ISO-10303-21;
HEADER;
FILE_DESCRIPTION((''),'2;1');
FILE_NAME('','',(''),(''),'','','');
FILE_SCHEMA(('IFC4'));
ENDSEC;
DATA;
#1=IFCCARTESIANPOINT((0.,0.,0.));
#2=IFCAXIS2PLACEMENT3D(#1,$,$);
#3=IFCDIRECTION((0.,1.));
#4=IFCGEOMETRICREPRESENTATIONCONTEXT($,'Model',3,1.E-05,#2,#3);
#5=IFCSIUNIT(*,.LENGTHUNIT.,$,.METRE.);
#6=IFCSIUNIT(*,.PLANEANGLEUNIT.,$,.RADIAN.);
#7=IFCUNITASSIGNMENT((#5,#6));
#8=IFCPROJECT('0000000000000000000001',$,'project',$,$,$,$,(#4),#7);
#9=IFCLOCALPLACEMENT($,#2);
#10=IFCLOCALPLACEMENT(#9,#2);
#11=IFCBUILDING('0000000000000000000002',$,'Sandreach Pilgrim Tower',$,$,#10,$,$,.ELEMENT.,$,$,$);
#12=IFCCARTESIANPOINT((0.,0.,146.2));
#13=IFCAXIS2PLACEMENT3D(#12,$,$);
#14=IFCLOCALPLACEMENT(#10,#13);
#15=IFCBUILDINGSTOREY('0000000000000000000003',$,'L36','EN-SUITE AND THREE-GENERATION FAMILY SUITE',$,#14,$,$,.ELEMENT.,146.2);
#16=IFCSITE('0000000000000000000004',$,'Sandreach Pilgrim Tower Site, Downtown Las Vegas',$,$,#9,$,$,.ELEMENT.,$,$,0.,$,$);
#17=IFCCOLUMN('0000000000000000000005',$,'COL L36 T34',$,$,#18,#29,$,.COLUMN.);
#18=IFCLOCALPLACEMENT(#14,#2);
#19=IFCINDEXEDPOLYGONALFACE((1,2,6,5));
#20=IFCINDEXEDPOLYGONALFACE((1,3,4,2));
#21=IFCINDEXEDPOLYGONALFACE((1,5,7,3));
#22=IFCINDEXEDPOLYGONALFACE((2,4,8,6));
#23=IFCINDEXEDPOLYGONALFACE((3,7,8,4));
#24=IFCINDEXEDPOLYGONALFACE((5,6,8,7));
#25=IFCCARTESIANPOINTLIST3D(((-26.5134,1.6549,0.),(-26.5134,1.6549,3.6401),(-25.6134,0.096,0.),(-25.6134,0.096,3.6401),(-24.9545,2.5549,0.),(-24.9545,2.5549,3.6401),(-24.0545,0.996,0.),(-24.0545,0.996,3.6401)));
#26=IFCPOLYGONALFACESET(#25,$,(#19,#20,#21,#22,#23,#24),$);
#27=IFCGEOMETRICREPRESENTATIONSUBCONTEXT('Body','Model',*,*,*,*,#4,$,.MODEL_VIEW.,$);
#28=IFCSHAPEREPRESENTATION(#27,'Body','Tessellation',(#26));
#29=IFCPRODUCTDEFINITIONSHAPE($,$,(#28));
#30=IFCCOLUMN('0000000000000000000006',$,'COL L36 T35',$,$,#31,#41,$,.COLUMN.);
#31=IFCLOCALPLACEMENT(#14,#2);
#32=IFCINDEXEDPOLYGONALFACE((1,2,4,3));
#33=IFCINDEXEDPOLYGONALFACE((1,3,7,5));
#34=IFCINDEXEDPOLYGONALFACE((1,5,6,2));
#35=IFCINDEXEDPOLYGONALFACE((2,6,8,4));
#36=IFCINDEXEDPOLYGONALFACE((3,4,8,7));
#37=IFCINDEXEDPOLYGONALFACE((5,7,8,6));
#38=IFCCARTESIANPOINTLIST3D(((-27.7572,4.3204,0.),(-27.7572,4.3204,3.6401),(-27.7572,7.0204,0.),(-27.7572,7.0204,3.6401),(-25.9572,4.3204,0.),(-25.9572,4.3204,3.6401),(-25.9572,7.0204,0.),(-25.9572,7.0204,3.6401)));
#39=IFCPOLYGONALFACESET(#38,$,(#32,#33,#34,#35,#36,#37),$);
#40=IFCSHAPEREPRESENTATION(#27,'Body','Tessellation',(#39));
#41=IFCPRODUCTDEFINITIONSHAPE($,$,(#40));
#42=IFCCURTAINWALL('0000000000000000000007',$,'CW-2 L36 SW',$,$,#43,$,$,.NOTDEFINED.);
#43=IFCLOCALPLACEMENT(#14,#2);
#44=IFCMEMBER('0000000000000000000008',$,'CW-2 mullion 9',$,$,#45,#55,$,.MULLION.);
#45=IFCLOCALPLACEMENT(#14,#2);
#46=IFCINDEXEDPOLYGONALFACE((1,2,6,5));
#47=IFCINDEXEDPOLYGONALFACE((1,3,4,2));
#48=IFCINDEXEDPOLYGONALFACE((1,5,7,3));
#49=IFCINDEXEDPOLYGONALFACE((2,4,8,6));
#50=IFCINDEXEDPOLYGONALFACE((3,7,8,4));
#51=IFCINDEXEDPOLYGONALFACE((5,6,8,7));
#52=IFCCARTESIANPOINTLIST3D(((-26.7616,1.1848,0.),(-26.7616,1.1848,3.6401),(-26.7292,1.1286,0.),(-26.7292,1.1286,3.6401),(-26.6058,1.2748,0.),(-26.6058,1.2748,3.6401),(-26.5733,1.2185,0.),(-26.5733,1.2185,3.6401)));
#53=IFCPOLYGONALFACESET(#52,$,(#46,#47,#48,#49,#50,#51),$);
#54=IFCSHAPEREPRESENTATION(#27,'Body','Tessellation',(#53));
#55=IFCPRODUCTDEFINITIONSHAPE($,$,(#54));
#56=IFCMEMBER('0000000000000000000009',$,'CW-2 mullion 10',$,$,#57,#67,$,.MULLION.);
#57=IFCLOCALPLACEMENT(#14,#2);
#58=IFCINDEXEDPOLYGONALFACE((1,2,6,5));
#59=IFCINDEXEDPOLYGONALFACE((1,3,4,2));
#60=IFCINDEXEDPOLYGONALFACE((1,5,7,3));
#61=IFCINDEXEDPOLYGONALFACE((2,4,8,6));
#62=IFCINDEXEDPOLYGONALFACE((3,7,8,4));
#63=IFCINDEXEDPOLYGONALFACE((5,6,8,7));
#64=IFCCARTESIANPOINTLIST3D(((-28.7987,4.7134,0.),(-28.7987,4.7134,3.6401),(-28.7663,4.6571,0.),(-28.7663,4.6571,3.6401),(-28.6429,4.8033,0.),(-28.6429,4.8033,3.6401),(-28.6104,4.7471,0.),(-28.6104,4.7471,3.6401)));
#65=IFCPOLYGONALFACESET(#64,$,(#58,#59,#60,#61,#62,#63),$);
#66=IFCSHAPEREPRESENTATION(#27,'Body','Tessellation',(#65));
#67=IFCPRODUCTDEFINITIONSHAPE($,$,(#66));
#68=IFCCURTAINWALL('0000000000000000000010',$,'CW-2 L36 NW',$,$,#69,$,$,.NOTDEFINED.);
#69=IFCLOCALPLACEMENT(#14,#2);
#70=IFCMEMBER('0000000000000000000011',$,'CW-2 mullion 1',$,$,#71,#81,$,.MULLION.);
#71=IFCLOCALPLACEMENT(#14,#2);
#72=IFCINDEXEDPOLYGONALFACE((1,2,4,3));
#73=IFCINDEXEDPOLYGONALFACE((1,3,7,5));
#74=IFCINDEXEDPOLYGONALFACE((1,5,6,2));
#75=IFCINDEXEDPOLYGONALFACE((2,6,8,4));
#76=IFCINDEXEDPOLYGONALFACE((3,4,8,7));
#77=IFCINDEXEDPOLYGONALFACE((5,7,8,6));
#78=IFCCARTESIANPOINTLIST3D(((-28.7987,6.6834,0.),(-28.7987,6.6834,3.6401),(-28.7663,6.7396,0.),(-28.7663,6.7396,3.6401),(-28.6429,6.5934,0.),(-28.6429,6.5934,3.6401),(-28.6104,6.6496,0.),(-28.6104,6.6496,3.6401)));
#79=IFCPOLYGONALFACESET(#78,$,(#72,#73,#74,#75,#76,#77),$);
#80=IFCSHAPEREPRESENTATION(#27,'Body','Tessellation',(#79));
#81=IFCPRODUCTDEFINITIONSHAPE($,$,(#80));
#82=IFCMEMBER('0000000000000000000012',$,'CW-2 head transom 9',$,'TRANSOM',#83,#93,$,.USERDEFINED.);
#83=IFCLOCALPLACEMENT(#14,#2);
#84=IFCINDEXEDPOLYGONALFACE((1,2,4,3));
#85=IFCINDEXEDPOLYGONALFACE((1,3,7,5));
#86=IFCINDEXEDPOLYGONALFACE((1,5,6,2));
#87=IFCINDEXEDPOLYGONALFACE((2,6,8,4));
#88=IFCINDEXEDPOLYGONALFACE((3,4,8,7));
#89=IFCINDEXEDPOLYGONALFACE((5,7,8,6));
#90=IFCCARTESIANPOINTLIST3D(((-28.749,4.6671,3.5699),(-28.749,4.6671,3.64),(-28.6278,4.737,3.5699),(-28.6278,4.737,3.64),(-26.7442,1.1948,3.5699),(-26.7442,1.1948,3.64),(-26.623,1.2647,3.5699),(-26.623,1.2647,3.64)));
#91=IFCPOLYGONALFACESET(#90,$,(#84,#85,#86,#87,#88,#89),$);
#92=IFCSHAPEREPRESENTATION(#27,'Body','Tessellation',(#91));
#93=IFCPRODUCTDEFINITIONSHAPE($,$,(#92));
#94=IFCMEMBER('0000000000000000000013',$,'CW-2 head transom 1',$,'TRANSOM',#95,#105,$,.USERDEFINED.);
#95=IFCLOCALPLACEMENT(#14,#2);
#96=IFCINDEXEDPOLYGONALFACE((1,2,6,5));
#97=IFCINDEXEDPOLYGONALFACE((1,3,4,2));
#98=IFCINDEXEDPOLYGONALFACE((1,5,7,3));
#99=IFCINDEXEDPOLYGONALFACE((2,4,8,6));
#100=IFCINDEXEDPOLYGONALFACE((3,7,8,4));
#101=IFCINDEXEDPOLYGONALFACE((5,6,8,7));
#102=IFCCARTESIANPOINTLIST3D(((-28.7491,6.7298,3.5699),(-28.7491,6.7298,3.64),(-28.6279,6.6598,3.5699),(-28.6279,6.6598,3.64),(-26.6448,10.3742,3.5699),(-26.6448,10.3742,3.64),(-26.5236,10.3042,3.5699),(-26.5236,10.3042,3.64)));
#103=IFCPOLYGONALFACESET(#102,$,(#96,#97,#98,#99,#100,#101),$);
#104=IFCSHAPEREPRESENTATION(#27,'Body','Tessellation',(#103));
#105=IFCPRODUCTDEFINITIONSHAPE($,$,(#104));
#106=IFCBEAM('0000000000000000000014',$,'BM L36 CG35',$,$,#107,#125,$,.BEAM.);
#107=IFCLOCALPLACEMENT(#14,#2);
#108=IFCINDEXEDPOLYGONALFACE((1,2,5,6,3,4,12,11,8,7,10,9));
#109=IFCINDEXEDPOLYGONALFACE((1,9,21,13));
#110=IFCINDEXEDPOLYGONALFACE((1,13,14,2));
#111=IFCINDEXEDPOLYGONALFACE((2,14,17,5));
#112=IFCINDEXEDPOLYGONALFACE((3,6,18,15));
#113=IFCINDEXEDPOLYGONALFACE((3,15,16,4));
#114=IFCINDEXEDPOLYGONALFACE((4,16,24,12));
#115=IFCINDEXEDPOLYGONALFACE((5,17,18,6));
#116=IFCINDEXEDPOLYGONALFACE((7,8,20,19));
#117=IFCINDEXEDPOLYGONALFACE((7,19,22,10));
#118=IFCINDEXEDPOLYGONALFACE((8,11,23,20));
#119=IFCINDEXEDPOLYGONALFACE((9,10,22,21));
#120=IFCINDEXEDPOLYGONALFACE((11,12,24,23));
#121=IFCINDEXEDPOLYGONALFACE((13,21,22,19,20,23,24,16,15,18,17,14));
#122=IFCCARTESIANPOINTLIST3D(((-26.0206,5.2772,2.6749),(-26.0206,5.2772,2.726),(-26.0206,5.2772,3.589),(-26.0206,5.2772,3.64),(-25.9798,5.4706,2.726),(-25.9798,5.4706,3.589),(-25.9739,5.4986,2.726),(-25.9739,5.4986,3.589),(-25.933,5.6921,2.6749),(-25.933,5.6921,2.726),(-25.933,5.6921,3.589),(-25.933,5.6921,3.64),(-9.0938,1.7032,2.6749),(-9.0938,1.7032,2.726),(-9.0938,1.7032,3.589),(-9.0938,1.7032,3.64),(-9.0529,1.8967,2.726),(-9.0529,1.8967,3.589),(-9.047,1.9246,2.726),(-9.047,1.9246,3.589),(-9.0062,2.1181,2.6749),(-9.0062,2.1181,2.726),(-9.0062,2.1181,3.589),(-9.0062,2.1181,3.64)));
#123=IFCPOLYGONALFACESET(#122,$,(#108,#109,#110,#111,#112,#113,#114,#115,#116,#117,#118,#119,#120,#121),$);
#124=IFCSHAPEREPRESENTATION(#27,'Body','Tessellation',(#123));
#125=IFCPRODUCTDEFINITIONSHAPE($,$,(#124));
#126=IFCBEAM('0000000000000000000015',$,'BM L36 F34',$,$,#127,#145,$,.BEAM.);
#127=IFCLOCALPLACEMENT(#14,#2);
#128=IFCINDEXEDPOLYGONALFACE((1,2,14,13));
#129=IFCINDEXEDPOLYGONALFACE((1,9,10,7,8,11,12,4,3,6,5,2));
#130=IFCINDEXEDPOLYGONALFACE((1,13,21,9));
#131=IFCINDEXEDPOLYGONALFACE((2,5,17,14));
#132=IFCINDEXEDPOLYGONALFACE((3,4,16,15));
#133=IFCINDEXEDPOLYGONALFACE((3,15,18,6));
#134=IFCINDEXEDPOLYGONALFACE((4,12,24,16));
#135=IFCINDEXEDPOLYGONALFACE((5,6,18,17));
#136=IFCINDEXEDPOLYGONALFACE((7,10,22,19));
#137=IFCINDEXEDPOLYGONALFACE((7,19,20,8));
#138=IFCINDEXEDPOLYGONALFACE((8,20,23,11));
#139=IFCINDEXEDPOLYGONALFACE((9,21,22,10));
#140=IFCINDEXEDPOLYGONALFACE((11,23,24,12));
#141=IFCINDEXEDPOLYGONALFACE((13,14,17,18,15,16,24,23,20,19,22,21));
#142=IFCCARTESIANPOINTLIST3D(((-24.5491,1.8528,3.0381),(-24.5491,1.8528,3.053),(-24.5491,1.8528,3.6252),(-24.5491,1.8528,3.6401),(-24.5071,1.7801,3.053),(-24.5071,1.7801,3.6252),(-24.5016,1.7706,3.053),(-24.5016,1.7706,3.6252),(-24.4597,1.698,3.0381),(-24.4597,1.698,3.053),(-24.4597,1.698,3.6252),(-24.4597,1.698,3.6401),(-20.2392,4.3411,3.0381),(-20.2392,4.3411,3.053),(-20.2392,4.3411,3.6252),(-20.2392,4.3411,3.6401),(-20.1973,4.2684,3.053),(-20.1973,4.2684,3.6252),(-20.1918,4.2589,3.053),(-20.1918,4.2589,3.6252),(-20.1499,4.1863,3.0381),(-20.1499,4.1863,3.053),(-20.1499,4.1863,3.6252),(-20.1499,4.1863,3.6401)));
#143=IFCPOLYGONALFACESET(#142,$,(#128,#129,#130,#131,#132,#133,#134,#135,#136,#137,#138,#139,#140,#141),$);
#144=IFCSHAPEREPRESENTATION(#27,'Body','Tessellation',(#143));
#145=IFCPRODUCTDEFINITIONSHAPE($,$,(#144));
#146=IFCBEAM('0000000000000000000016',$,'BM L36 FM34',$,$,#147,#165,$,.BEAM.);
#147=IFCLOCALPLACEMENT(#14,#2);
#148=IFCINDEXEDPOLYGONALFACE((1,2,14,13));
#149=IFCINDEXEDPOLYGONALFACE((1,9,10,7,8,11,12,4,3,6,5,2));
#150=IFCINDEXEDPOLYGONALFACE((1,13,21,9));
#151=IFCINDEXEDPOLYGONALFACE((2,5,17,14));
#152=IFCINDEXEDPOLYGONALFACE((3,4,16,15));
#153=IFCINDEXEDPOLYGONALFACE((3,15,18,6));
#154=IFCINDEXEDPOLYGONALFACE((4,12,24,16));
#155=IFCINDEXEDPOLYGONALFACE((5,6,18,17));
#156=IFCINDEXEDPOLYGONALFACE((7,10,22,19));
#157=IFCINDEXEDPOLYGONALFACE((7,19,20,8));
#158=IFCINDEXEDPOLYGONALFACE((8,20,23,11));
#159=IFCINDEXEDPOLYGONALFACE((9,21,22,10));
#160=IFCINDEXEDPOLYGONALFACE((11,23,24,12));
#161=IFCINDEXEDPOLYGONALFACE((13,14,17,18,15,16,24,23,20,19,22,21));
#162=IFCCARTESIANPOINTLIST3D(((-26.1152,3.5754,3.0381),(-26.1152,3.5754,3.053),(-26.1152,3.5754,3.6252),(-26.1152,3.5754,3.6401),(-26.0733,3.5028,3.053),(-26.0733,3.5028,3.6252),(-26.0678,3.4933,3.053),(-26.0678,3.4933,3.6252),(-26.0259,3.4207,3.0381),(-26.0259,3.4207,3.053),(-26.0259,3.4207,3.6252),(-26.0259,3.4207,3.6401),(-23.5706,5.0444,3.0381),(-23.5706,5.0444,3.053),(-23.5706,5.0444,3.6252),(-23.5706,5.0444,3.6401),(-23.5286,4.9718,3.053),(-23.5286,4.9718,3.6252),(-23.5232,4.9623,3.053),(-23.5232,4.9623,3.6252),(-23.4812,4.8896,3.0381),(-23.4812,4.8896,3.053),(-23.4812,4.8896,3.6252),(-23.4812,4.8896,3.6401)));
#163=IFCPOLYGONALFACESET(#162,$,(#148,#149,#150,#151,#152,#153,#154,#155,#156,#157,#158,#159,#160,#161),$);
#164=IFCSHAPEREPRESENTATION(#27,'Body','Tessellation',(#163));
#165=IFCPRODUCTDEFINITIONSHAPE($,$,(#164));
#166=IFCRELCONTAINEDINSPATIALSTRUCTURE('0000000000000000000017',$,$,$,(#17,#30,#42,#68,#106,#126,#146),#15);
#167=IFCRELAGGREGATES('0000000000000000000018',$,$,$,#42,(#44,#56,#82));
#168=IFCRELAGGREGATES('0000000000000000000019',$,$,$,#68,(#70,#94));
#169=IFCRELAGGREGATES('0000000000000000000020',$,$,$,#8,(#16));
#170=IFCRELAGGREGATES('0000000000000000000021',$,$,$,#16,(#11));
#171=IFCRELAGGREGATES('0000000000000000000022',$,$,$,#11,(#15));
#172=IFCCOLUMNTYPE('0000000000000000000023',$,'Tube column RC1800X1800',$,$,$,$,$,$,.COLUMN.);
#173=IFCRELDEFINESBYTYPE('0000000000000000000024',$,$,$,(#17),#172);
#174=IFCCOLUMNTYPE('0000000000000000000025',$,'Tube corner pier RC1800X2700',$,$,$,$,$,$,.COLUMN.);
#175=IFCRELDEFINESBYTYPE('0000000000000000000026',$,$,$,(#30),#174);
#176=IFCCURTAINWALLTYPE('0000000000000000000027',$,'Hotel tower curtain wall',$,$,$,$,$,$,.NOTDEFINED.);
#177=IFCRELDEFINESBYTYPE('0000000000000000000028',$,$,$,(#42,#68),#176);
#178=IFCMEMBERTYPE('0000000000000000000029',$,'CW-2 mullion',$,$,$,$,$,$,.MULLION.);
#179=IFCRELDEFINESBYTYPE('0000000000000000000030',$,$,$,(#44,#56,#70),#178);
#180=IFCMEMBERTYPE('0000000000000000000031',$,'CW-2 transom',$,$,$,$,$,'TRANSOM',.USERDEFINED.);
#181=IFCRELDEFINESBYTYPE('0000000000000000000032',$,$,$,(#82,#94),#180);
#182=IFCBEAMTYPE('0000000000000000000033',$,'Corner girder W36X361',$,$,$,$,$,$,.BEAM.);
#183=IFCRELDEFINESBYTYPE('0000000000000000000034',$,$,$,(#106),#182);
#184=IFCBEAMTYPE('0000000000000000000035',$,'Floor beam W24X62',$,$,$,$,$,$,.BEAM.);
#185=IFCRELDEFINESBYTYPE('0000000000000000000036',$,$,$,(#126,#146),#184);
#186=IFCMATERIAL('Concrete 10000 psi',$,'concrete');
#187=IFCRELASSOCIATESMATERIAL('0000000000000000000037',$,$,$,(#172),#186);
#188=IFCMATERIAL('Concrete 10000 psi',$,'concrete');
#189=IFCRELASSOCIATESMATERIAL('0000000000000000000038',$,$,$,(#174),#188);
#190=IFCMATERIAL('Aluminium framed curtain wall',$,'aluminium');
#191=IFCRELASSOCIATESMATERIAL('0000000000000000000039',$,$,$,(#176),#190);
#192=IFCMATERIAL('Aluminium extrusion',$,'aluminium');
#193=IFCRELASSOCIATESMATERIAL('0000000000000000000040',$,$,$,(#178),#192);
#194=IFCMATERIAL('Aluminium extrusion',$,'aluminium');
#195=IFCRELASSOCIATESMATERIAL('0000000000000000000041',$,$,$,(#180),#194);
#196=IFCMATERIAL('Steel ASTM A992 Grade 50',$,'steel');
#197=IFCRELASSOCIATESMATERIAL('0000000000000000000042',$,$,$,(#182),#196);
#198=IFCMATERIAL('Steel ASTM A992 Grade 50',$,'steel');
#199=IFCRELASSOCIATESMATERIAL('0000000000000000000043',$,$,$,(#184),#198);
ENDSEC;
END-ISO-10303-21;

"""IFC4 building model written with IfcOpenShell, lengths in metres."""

from ifc_helpers import new_model, si_unit, direction, frame, origin, origin_2d, place, context, subcontext, project, spatial, rectangle, i_section, extrude, clip, halfspace, material, material_profile, profile_set, type_object, element, aggregate, save


model = new_model("IFC4")

# Units and contexts
model_context = context("Model", 3, precision=1e-05, world=origin(), true_north=direction((0.0, 1.0)))
body_context = subcontext(model_context, "Body", "Model", "MODEL_VIEW")
ifc_project = project(units=[si_unit("LENGTHUNIT", "METRE"), si_unit("PLANEANGLEUNIT", "RADIAN")], contexts=[model_context])

# Site, building, storey
site_placement = place(None, origin())
site = spatial("IfcSite", under=ifc_project, at=site_placement, Name="Sandreach Pilgrim Tower Site, Downtown Las Vegas", CompositionType="ELEMENT", RefElevation=0.0)
building_placement = place(site_placement, origin())
building = spatial("IfcBuilding", under=site, at=building_placement, Name="Sandreach Pilgrim Tower", CompositionType="ELEMENT")
storey_placement = place(building_placement, frame((0.0, 0.0, 146.2)))
storey = spatial("IfcBuildingStorey", under=building, at=storey_placement, Name="L36", Description="EN-SUITE AND THREE-GENERATION FAMILY SUITE", CompositionType="ELEMENT", Elevation=146.2)

# Columns
ifc_material_1 = material(Name="Concrete 10000 psi", Category="concrete")
ifc_material_profile_1 = material_profile(ifc_material_1, rectangle(XDim=1.8, YDim=1.8, at=origin_2d()), Name="RC1800X1800")
ifc_profile_set_1 = profile_set([ifc_material_profile_1], Name="Concrete 10000 psi")
column_type_1 = type_object("IfcColumnType", Name="Tube column RC1800X1800", PredefinedType="COLUMN", material=ifc_profile_set_1)
column_1_placement = place(storey_placement, frame((-25.2839, 1.3254, 0.0), z_axis=(0.0, 0.0, 1.0), x_axis=(-0.866025, -0.5, 0.0)))
element("IfcColumn", 1, at=column_1_placement, inside=storey, type_object=column_type_1, Name="COL L36 T34", PredefinedType="COLUMN", context=body_context, shape_type="SweptSolid", body=[
    clip(extrude(rectangle(XDim=1.8, YDim=1.8, at=origin_2d()), origin(), (0.0, 0.0, 1.0), 3.73), halfspace(frame((0.0, 0.0, 3.6401)), False)),
])
ifc_material_2 = material(Name="Concrete 10000 psi", Category="concrete")
ifc_material_profile_2 = material_profile(ifc_material_2, rectangle(XDim=1.8, YDim=2.7, at=origin_2d()), Name="RC1800X2700")
ifc_profile_set_2 = profile_set([ifc_material_profile_2], Name="Concrete 10000 psi")
column_type_2 = type_object("IfcColumnType", Name="Tube corner pier RC1800X2700", PredefinedType="COLUMN", material=ifc_profile_set_2)
column_2_placement = place(storey_placement, frame((-26.8572, 5.6704, 0.0), z_axis=(0.0, 0.0, 1.0), x_axis=(-1.0, 0.0, 0.0)))
element("IfcColumn", 2, at=column_2_placement, inside=storey, type_object=column_type_2, Name="COL L36 T35", PredefinedType="COLUMN", context=body_context, shape_type="SweptSolid", body=[
    clip(extrude(rectangle(XDim=1.8, YDim=2.7, at=origin_2d()), origin(), (0.0, 0.0, 1.0), 3.7288), halfspace(frame((0.0, 0.0, 3.6401)), False)),
])

# Curtain wall, members
ifc_material_3 = material(Name="Aluminium framed curtain wall", Category="aluminium")
curtain_wall_type = type_object("IfcCurtainWallType", Name="Hotel tower curtain wall", PredefinedType="NOTDEFINED", material=ifc_material_3)
curtain_wall_1_placement = place(storey_placement, origin())
curtain_wall_1 = element("IfcCurtainWall", 3, at=curtain_wall_1_placement, inside=storey, type_object=curtain_wall_type, Name="CW-2 L36 SW", PredefinedType="NOTDEFINED")
ifc_material_4 = material(Name="Aluminium extrusion", Category="aluminium")
ifc_material_profile_3 = material_profile(ifc_material_4, rectangle(XDim=0.0649, YDim=0.1799, at=origin_2d()), Name="CW-2M 65X180")
ifc_profile_set_3 = profile_set([ifc_material_profile_3], Name="Aluminium extrusion")
member_type_1 = type_object("IfcMemberType", Name="CW-2 mullion", PredefinedType="MULLION", material=ifc_profile_set_3)
member_1_placement = place(storey_placement, frame((-26.6675, 1.2017, 0.0), z_axis=(0.0, 0.0, 1.0), x_axis=(-0.5, 0.866025, 0.0)))
member_1 = element("IfcMember", 4, at=member_1_placement, type_object=member_type_1, Name="CW-2 mullion 9", PredefinedType="MULLION", context=body_context, shape_type="SweptSolid", body=[
    extrude(rectangle(XDim=0.0649, YDim=0.1799, at=origin_2d()), origin(), (0.0, 0.0, 1.0), 3.6401),
])
member_2_placement = place(storey_placement, frame((-28.7046, 4.7302, 0.0), z_axis=(0.0, 0.0, 1.0), x_axis=(-0.5, 0.866025, 0.0)))
member_2 = element("IfcMember", 5, at=member_2_placement, type_object=member_type_1, Name="CW-2 mullion 10", PredefinedType="MULLION", context=body_context, shape_type="SweptSolid", body=[
    extrude(rectangle(XDim=0.0649, YDim=0.1799, at=origin_2d()), origin(), (0.0, 0.0, 1.0), 3.6401),
])

# Curtain wall, member
curtain_wall_2_placement = place(storey_placement, origin())
curtain_wall_2 = element("IfcCurtainWall", 6, at=curtain_wall_2_placement, inside=storey, type_object=curtain_wall_type, Name="CW-2 L36 NW", PredefinedType="NOTDEFINED")
member_3_placement = place(storey_placement, frame((-28.7046, 6.6665, 0.0), z_axis=(0.0, 0.0, 1.0), x_axis=(0.5, 0.866025, 0.0)))
member_3 = element("IfcMember", 7, at=member_3_placement, type_object=member_type_1, Name="CW-2 mullion 1", PredefinedType="MULLION", context=body_context, shape_type="SweptSolid", body=[
    extrude(rectangle(XDim=0.0649, YDim=0.1799, at=origin_2d()), origin(), (0.0, 0.0, 1.0), 3.6401),
])

# Members
ifc_material_5 = material(Name="Aluminium extrusion", Category="aluminium")
ifc_material_profile_4 = material_profile(ifc_material_5, rectangle(XDim=0.1399, YDim=0.0701, at=origin_2d()), Name="CW-2T 140X70")
ifc_profile_set_4 = profile_set([ifc_material_profile_4], Name="Aluminium extrusion")
member_type_2 = type_object("IfcMemberType", Name="CW-2 transom", ElementType="TRANSOM", PredefinedType="USERDEFINED", material=ifc_profile_set_4)
member_4_placement = place(storey_placement, frame((-26.6836, 1.2297, 3.605), z_axis=(-0.500016, 0.866016, 0.0), x_axis=(-0.866016, -0.500016, 0.0)))
member_4 = element("IfcMember", 8, at=member_4_placement, type_object=member_type_2, Name="CW-2 head transom 9", ObjectType="TRANSOM", PredefinedType="USERDEFINED", context=body_context, shape_type="SweptSolid", body=[
    extrude(rectangle(XDim=0.1399, YDim=0.0701, at=origin_2d()), origin(), (0.0, 0.0, 1.0), 4.0095),
])
member_5_placement = place(storey_placement, frame((-28.6885, 6.6948, 3.605), z_axis=(0.500039, 0.866003, 0.0), x_axis=(-0.866003, 0.500039, 0.0)))
member_5 = element("IfcMember", 9, at=member_5_placement, type_object=member_type_2, Name="CW-2 head transom 1", ObjectType="TRANSOM", PredefinedType="USERDEFINED", context=body_context, shape_type="SweptSolid", body=[
    extrude(rectangle(XDim=0.1399, YDim=0.0701, at=origin_2d()), origin(), (0.0, 0.0, 1.0), 4.2083),
])

# Beams
ifc_material_6 = material(Name="Steel ASTM A992 Grade 50", Category="steel")
ifc_material_profile_5 = material_profile(ifc_material_6, i_section(OverallWidth=0.4241, OverallDepth=0.9651, WebThickness=0.0286, FlangeThickness=0.051, at=origin_2d()), Name="W36X361")
ifc_profile_set_5 = profile_set([ifc_material_profile_5], Name="Steel ASTM A992 Grade 50")
beam_type_1 = type_object("IfcBeamType", Name="Corner girder W36X361", PredefinedType="BEAM", material=ifc_profile_set_5)
beam_1_placement = place(storey_placement, frame((-25.9768, 5.4846, 3.1575), z_axis=(0.978428, -0.206589, 0.0), x_axis=(0.206589, 0.978428, 0.0)))
element("IfcBeam", 10, at=beam_1_placement, inside=storey, type_object=beam_type_1, Name="BM L36 CG35", PredefinedType="BEAM", context=body_context, shape_type="SweptSolid", body=[
    extrude(i_section(OverallWidth=0.4241, OverallDepth=0.9651, WebThickness=0.0286, FlangeThickness=0.051, at=origin_2d()), origin(), (0.0, 0.0, 1.0), 17.3),
])
ifc_material_7 = material(Name="Steel ASTM A992 Grade 50", Category="steel")
ifc_material_profile_6 = material_profile(ifc_material_7, i_section(OverallWidth=0.1787, OverallDepth=0.6021, WebThickness=0.011, FlangeThickness=0.0149, at=origin_2d()), Name="W24X62")
ifc_profile_set_6 = profile_set([ifc_material_profile_6], Name="Steel ASTM A992 Grade 50")
beam_type_2 = type_object("IfcBeamType", Name="Floor beam W24X62", PredefinedType="BEAM", material=ifc_profile_set_6)
beam_2_placement = place(storey_placement, frame((-24.5044, 1.7754, 3.3391), z_axis=(0.866025, 0.500001, 0.0), x_axis=(-0.500001, 0.866025, 0.0)))
element("IfcBeam", 11, at=beam_2_placement, inside=storey, type_object=beam_type_2, Name="BM L36 F34", PredefinedType="BEAM", context=body_context, shape_type="SweptSolid", body=[
    extrude(i_section(OverallWidth=0.1787, OverallDepth=0.6021, WebThickness=0.011, FlangeThickness=0.0149, at=origin_2d()), origin(), (0.0, 0.0, 1.0), 4.9766),
])
beam_3_placement = place(storey_placement, frame((-26.0706, 3.498, 3.3391), z_axis=(0.866051, 0.499955, 0.0), x_axis=(-0.499955, 0.866051, 0.0)))
element("IfcBeam", 12, at=beam_3_placement, inside=storey, type_object=beam_type_2, Name="BM L36 FM34", PredefinedType="BEAM", context=body_context, shape_type="SweptSolid", body=[
    extrude(i_section(OverallWidth=0.1787, OverallDepth=0.6021, WebThickness=0.011, FlangeThickness=0.0149, at=origin_2d()), origin(), (0.0, 0.0, 1.0), 2.9382),
])

aggregate(curtain_wall_1, [member_1, member_2, member_4])
aggregate(curtain_wall_2, [member_3, member_5])

save(model, "model.ifc")
